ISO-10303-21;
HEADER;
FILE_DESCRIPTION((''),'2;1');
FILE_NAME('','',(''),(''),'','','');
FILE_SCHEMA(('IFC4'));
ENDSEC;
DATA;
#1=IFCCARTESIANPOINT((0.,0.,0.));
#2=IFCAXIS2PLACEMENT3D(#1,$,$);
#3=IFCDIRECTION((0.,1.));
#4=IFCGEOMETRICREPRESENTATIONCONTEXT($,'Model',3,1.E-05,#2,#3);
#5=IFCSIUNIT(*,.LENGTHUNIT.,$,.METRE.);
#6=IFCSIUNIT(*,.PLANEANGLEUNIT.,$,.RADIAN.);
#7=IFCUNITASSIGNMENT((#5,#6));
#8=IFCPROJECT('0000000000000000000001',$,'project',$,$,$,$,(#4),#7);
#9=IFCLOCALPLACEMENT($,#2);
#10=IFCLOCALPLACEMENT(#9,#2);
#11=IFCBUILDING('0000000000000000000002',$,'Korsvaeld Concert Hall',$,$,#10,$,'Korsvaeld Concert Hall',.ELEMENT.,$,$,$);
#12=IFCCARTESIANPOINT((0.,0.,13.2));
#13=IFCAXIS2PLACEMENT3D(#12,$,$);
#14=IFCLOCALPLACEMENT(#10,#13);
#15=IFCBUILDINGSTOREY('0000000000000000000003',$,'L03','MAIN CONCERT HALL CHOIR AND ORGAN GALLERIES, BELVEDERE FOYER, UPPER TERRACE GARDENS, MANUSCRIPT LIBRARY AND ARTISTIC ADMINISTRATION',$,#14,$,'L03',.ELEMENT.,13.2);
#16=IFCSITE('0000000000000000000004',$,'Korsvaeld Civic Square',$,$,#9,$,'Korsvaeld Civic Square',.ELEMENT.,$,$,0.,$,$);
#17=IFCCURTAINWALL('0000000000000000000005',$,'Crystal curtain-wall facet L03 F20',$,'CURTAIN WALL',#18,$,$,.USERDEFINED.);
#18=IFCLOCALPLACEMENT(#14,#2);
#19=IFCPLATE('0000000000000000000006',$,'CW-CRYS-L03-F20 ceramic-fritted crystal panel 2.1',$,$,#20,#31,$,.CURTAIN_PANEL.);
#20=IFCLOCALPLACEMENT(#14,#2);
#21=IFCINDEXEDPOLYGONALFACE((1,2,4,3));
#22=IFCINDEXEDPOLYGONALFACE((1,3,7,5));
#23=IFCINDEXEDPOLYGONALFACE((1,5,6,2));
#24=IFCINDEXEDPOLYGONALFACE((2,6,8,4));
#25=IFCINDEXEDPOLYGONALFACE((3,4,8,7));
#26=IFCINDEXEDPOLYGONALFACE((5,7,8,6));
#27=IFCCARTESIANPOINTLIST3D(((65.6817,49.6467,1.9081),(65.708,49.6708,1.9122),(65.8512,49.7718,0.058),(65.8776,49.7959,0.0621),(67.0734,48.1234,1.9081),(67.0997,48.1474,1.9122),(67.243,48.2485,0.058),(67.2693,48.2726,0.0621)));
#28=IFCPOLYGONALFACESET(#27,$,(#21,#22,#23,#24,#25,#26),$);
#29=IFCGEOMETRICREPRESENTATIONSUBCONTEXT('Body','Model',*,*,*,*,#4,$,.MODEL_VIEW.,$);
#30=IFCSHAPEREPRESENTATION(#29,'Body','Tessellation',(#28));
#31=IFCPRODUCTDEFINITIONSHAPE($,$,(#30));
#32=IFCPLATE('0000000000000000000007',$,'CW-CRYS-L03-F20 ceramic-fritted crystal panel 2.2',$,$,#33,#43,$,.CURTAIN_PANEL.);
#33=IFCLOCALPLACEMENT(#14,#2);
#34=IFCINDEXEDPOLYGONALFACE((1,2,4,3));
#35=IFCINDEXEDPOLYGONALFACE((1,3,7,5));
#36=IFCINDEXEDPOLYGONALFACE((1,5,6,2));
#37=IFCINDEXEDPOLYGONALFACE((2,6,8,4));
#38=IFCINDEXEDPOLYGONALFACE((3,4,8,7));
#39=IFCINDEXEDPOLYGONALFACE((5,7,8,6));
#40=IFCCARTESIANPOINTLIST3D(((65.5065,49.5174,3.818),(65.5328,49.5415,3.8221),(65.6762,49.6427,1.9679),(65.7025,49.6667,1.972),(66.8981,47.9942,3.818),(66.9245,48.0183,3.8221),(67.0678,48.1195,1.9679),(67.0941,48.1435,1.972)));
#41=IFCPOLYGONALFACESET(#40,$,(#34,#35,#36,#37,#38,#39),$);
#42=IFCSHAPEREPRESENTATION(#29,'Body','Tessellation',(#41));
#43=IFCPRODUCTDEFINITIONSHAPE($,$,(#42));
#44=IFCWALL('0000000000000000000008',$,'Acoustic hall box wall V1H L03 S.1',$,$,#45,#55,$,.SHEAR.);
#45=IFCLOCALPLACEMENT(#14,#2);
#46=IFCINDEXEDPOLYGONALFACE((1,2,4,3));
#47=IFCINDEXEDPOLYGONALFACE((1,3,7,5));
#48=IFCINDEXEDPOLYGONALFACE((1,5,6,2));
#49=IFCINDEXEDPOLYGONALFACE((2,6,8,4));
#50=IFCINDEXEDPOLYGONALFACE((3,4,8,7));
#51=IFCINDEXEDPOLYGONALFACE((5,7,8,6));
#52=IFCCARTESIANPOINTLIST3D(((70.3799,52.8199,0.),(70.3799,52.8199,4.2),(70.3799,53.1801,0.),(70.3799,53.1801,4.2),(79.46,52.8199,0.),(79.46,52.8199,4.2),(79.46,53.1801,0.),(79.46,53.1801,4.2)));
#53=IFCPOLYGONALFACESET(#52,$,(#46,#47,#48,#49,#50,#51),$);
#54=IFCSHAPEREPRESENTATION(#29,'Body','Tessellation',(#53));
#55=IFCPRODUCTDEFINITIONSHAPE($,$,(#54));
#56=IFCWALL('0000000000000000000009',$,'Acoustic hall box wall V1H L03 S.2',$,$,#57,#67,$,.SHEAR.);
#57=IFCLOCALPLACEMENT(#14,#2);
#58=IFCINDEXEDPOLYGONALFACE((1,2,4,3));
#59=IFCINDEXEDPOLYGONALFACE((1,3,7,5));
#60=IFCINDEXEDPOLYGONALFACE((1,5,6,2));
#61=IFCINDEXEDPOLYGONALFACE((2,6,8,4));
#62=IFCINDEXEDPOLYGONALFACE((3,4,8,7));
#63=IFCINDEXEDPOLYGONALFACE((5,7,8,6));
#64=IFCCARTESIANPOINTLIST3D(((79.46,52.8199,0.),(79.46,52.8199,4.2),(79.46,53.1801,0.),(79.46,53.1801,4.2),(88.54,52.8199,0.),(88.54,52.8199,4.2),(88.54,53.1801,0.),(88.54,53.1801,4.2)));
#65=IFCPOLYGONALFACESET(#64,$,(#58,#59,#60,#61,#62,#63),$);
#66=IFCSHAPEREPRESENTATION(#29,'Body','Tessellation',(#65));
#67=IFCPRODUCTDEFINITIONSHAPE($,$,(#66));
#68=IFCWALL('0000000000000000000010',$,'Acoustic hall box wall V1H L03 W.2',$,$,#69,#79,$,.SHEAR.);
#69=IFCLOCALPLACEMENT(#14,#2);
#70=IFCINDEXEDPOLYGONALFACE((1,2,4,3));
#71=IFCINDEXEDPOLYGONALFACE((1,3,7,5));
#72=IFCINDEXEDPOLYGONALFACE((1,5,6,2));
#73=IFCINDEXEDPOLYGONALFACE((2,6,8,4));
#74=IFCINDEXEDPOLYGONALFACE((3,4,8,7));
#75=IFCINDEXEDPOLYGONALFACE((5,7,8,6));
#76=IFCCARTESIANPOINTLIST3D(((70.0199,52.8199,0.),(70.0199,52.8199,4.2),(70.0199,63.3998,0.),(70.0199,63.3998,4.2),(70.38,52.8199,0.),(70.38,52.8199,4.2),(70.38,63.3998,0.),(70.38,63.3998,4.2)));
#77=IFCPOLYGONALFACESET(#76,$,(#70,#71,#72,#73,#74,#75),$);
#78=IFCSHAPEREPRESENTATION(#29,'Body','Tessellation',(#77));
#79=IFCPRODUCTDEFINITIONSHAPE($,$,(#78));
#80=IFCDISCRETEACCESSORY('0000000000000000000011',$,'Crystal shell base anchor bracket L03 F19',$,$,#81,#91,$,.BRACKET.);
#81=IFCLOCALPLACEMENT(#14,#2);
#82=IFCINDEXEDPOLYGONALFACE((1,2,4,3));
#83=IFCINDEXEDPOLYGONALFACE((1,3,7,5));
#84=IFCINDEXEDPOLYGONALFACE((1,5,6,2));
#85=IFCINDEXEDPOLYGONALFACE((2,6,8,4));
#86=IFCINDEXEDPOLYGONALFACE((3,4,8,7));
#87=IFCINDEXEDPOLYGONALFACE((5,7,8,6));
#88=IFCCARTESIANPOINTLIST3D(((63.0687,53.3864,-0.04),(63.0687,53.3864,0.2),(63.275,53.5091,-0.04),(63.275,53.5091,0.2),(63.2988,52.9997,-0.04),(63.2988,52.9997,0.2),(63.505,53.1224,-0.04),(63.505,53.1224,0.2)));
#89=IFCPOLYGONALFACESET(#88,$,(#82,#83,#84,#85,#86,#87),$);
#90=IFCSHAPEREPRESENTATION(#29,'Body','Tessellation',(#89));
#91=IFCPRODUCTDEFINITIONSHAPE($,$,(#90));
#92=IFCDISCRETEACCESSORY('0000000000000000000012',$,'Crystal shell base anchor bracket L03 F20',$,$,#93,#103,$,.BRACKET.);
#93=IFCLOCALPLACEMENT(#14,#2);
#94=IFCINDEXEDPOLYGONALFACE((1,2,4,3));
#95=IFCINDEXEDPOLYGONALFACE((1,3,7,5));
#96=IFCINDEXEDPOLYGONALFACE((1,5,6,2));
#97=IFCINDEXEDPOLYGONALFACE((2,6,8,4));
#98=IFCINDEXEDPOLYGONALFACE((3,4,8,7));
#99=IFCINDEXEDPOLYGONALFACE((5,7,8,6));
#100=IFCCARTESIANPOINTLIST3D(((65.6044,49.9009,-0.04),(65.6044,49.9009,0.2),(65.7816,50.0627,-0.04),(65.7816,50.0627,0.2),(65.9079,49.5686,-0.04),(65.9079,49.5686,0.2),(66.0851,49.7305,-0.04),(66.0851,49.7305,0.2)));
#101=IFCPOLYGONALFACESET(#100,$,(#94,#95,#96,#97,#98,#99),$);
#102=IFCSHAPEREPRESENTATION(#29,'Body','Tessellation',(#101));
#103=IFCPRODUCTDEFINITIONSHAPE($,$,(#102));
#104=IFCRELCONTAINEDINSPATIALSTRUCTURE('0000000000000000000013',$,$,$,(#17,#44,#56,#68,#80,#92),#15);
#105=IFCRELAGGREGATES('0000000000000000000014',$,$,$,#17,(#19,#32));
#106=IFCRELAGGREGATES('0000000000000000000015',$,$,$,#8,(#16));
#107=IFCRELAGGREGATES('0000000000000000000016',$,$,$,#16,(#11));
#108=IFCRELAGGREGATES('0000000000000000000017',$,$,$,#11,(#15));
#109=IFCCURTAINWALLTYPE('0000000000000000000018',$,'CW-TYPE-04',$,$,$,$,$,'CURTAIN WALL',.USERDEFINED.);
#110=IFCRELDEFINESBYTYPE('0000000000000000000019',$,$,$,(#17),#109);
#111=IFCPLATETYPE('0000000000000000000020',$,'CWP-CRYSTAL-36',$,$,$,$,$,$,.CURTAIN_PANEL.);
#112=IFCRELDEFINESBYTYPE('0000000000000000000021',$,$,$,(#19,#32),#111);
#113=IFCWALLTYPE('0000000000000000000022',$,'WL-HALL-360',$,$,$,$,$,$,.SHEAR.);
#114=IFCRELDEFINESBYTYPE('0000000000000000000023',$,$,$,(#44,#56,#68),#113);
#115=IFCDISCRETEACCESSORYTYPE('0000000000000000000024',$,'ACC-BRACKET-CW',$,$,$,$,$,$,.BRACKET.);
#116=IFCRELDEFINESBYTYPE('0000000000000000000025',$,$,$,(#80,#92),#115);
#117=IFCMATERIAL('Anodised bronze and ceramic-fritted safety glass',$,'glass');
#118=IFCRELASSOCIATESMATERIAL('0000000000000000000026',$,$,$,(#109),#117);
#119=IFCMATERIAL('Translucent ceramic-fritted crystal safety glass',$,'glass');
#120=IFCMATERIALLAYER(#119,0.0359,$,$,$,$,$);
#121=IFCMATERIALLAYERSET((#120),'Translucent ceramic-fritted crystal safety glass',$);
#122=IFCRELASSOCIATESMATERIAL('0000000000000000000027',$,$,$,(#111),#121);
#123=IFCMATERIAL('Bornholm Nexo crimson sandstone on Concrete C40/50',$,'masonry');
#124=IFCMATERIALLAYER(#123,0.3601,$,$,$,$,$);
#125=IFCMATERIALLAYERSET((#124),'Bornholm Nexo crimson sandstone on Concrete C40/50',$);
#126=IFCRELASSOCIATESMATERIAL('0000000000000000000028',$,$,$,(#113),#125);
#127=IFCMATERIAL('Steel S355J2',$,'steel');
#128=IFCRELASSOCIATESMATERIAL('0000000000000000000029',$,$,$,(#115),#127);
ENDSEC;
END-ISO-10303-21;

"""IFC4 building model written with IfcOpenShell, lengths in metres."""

from ifc_helpers import new_model, si_unit, direction, frame, frame_2d, origin, origin_2d, place, context, subcontext, project, spatial, polyline, rectangle, outline, extrude, material, layer, layer_set, type_object, element, aggregate, save


model = new_model("IFC4")

# Units and contexts
model_context = context("Model", 3, precision=1e-05, world=origin(), true_north=direction((0.0, 1.0)))
body_context = subcontext(model_context, "Body", "Model", "MODEL_VIEW")
ifc_project = project(units=[si_unit("LENGTHUNIT", "METRE"), si_unit("PLANEANGLEUNIT", "RADIAN")], contexts=[model_context])

# Site, building, storey
site_placement = place(None, origin())
site = spatial("IfcSite", under=ifc_project, at=site_placement, Name="Korsvaeld Civic Square", LongName="Korsvaeld Civic Square", CompositionType="ELEMENT", RefElevation=0.0)
building_placement = place(site_placement, origin())
building = spatial("IfcBuilding", under=site, at=building_placement, Name="Korsvaeld Concert Hall", LongName="Korsvaeld Concert Hall", CompositionType="ELEMENT")
storey_placement = place(building_placement, frame((0.0, 0.0, 13.2)))
storey = spatial("IfcBuildingStorey", under=building, at=storey_placement, Name="L03", Description="MAIN CONCERT HALL CHOIR AND ORGAN GALLERIES, BELVEDERE FOYER, UPPER TERRACE GARDENS, MANUSCRIPT LIBRARY AND ARTISTIC ADMINISTRATION", LongName="L03", CompositionType="ELEMENT", Elevation=13.2)

# Shared definitions
ifc_material_1 = material(Name="Steel S355J2", Category="steel")

# Curtain wall
ifc_material_2 = material(Name="Anodised bronze and ceramic-fritted safety glass", Category="glass")
curtain_wall_type_1 = type_object("IfcCurtainWallType", Name="CW-TYPE-04", ElementType="CURTAIN WALL", PredefinedType="USERDEFINED", material=ifc_material_2)
curtain_wall_1_placement = place(storey_placement, origin())
curtain_wall_1 = element("IfcCurtainWall", 1, at=curtain_wall_1_placement, inside=storey, type_object=curtain_wall_type_1, Name="Crystal curtain-wall facet L03 F20", ObjectType="CURTAIN WALL", PredefinedType="USERDEFINED")

# Plates
ifc_material_3 = material(Name="Translucent ceramic-fritted crystal safety glass", Category="glass")
ifc_layer_1 = layer(ifc_material_3, 0.0359)
ifc_layer_set_1 = layer_set([ifc_layer_1], Name="Translucent ceramic-fritted crystal safety glass")
plate_type = type_object("IfcPlateType", Name="CWP-CRYSTAL-36", PredefinedType="CURTAIN_PANEL", material=ifc_layer_set_1)
plate_1_placement = place(storey_placement, frame((65.8645, 49.7839, 0.0601), z_axis=(-0.733584, -0.670213, -0.112557), x_axis=(0.674499, -0.738276, 0.000009)))
plate_1 = element("IfcPlate", 2, at=plate_1_placement, type_object=plate_type, Name="CW-CRYS-L03-F20 ceramic-fritted crystal panel 2.1", PredefinedType="CURTAIN_PANEL", context=body_context, shape_type="SweptSolid", body=[
    extrude(outline(polyline([(0.0, 0.0), (2.0634, 0.0), (2.0414, 1.8619), (-0.022, 1.8619), (0.0, 0.0)])), frame((0.0, 0.0, 0.0181)), (0.0, 0.0, -1.0), 0.0359),
])
plate_2_placement = place(storey_placement, frame((65.6895, 49.6548, 1.97), z_axis=(-0.733579, -0.670203, -0.112649), x_axis=(0.674497, -0.738278, 0.0)))
plate_2 = element("IfcPlate", 3, at=plate_2_placement, type_object=plate_type, Name="CW-CRYS-L03-F20 ceramic-fritted crystal panel 2.2", PredefinedType="CURTAIN_PANEL", context=body_context, shape_type="SweptSolid", body=[
    extrude(outline(polyline([(0.0, 0.0), (2.0632, 0.0), (2.0412, 1.8619), (-0.022, 1.8619), (0.0, 0.0)])), frame((0.0, 0.0, 0.0181)), (0.0, 0.0, -1.0), 0.0359),
])
aggregate(curtain_wall_1, [plate_1, plate_2])

# Walls
ifc_material_4 = material(Name="Bornholm Nexo crimson sandstone on Concrete C40/50", Category="masonry")
ifc_layer_2 = layer(ifc_material_4, 0.3601)
ifc_layer_set_2 = layer_set([ifc_layer_2], Name="Bornholm Nexo crimson sandstone on Concrete C40/50")
wall_type = type_object("IfcWallType", Name="WL-HALL-360", PredefinedType="SHEAR", material=ifc_layer_set_2)
for number, where, z_axis, x_axis, name in (
    (4, (70.3799, 53.0, 0.0), (0.0, 0.0, 1.0), (1.0, 0.0, 0.0), "Acoustic hall box wall V1H L03 S.1"),
    (5, (79.46, 53.0, 0.0), (0.0, 0.0, 1.0), (1.0, 0.0, 0.0), "Acoustic hall box wall V1H L03 S.2"),
):
    element("IfcWall", number, at=place(storey_placement, frame(where, z_axis=z_axis, x_axis=x_axis)), inside=storey, type_object=wall_type, Name=name, PredefinedType="SHEAR", context=body_context, shape_type="SweptSolid", body=[
        extrude(rectangle(XDim=9.0801, YDim=0.3601, at=frame_2d((4.54, 0.0))), origin(), (0.0, 0.0, 1.0), 4.2),
    ])
wall_placement = place(storey_placement, frame((70.2, 63.3999, 0.0), z_axis=(0.0, 0.0, 1.0), x_axis=(0.0, -1.0, 0.0)))
element("IfcWall", 6, at=wall_placement, inside=storey, type_object=wall_type, Name="Acoustic hall box wall V1H L03 W.2", PredefinedType="SHEAR", context=body_context, shape_type="SweptSolid", body=[
    extrude(rectangle(XDim=10.5798, YDim=0.3601, at=frame_2d((5.29, 0.0))), origin(), (0.0, 0.0, 1.0), 4.2),
])

# Discrete accessories
discrete_accessory_type = type_object("IfcDiscreteAccessoryType", Name="ACC-BRACKET-CW", PredefinedType="BRACKET", material=ifc_material_1)
for number, where, z_axis, x_axis, name in (
    (7, (63.2869, 53.2544, -0.04), (0.0, 0.0, 1.0), (0.511293, -0.859406, 0.0), "Crystal shell base anchor bracket L03 F19"),
    (8, (65.8447, 49.8157, -0.04), (0.0, 0.0, 1.0), (0.674431, -0.738338, 0.0), "Crystal shell base anchor bracket L03 F20"),
):
    element("IfcDiscreteAccessory", number, at=place(storey_placement, frame(where, z_axis=z_axis, x_axis=x_axis)), inside=storey, type_object=discrete_accessory_type, Name=name, PredefinedType="BRACKET", context=body_context, shape_type="SweptSolid", body=[
        extrude(rectangle(XDim=0.45, YDim=0.24, at=origin_2d()), origin(), (0.0, 0.0, 1.0), 0.24),
    ])

save(model, "model.ifc")
